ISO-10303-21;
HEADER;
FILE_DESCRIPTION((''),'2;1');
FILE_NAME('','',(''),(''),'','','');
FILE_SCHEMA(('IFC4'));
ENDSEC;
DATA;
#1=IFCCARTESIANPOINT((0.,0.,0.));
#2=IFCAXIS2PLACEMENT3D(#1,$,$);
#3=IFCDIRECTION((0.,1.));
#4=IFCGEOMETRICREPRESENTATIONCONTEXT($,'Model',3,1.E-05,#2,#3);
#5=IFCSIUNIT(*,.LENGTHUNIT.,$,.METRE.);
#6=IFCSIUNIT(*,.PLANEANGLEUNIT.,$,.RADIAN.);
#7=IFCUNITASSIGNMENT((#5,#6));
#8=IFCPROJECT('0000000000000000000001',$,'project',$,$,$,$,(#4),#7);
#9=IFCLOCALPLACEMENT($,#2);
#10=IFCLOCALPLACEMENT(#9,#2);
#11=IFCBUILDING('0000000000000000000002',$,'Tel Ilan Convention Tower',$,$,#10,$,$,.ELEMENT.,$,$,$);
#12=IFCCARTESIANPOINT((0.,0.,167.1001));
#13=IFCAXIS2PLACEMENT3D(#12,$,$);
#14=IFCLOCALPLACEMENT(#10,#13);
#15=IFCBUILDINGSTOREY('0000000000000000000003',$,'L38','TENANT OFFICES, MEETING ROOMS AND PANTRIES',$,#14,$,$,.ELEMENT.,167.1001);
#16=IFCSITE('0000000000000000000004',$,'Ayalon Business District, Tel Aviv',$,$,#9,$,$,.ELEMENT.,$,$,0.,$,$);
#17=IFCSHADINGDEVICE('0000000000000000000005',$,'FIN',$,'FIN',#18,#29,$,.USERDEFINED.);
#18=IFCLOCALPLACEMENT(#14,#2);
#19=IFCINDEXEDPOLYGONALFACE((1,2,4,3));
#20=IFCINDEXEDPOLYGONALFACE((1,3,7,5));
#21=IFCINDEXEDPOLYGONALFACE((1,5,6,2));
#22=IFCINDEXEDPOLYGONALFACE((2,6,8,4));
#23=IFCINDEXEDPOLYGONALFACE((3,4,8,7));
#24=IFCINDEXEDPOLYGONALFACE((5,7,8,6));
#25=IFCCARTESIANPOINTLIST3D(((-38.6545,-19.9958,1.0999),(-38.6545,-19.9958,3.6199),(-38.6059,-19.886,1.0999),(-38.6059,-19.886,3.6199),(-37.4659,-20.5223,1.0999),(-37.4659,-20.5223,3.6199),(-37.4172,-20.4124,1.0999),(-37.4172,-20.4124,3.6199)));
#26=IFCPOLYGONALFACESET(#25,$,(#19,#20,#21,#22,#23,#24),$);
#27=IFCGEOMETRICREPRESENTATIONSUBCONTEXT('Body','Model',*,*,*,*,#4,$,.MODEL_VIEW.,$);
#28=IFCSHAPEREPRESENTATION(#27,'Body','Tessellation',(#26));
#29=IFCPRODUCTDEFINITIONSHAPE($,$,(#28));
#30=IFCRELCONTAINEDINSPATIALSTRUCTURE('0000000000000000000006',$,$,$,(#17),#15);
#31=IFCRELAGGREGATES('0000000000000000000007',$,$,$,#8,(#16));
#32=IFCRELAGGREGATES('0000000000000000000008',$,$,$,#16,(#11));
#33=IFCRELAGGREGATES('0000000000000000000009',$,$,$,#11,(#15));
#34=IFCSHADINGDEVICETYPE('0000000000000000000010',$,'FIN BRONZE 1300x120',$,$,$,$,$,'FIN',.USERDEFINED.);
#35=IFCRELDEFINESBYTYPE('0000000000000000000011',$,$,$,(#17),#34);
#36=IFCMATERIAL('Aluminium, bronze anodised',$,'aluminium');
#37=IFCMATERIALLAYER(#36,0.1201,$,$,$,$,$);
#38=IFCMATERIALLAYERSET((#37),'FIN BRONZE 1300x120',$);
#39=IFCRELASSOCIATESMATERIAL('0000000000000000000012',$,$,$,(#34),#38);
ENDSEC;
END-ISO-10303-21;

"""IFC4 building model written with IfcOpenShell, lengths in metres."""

from ifc_helpers import new_model, si_unit, direction, frame, origin, origin_2d, place, context, subcontext, project, spatial, rectangle, extrude, material, layer, layer_set, type_object, element, save


model = new_model("IFC4")

# Units and contexts
model_context = context("Model", 3, precision=1e-05, world=origin(), true_north=direction((0.0, 1.0)))
body_context = subcontext(model_context, "Body", "Model", "MODEL_VIEW")
ifc_project = project(units=[si_unit("LENGTHUNIT", "METRE"), si_unit("PLANEANGLEUNIT", "RADIAN")], contexts=[model_context])

# Site, building, storey
site_placement = place(None, origin())
site = spatial("IfcSite", under=ifc_project, at=site_placement, Name="Ayalon Business District, Tel Aviv", CompositionType="ELEMENT", RefElevation=0.0)
building_placement = place(site_placement, origin())
building = spatial("IfcBuilding", under=site, at=building_placement, Name="Tel Ilan Convention Tower", CompositionType="ELEMENT")
storey_placement = place(building_placement, frame((0.0, 0.0, 167.1001)))
storey = spatial("IfcBuildingStorey", under=building, at=storey_placement, Name="L38", Description="TENANT OFFICES, MEETING ROOMS AND PANTRIES", CompositionType="ELEMENT", Elevation=167.1001)

# Shading device
ifc_material_1 = material(Name="Aluminium, bronze anodised", Category="aluminium")
ifc_layer_1 = layer(ifc_material_1, 0.1201)
ifc_layer_set_1 = layer_set([ifc_layer_1], Name="FIN BRONZE 1300x120")
shading_device_type = type_object("IfcShadingDeviceType", Name="FIN BRONZE 1300x120", ElementType="FIN", PredefinedType="USERDEFINED", material=ifc_layer_set_1)
for number, where, z_axis, x_axis, name in (
    (1, (-38.0359, -20.2041, 1.0999), (0.0, 0.0, 1.0), (-0.914333, 0.404964, 0.0), "FIN"),
):
    element("IfcShadingDevice", number, at=place(storey_placement, frame(where, z_axis=z_axis, x_axis=x_axis)), inside=storey, type_object=shading_device_type, Name=name, ObjectType="FIN", PredefinedType="USERDEFINED", context=body_context, shape_type="SweptSolid", body=[
        extrude(rectangle(XDim=1.3, YDim=0.1201, at=origin_2d()), origin(), (0.0, 0.0, 1.0), 2.52),
    ])

save(model, "model.ifc")
